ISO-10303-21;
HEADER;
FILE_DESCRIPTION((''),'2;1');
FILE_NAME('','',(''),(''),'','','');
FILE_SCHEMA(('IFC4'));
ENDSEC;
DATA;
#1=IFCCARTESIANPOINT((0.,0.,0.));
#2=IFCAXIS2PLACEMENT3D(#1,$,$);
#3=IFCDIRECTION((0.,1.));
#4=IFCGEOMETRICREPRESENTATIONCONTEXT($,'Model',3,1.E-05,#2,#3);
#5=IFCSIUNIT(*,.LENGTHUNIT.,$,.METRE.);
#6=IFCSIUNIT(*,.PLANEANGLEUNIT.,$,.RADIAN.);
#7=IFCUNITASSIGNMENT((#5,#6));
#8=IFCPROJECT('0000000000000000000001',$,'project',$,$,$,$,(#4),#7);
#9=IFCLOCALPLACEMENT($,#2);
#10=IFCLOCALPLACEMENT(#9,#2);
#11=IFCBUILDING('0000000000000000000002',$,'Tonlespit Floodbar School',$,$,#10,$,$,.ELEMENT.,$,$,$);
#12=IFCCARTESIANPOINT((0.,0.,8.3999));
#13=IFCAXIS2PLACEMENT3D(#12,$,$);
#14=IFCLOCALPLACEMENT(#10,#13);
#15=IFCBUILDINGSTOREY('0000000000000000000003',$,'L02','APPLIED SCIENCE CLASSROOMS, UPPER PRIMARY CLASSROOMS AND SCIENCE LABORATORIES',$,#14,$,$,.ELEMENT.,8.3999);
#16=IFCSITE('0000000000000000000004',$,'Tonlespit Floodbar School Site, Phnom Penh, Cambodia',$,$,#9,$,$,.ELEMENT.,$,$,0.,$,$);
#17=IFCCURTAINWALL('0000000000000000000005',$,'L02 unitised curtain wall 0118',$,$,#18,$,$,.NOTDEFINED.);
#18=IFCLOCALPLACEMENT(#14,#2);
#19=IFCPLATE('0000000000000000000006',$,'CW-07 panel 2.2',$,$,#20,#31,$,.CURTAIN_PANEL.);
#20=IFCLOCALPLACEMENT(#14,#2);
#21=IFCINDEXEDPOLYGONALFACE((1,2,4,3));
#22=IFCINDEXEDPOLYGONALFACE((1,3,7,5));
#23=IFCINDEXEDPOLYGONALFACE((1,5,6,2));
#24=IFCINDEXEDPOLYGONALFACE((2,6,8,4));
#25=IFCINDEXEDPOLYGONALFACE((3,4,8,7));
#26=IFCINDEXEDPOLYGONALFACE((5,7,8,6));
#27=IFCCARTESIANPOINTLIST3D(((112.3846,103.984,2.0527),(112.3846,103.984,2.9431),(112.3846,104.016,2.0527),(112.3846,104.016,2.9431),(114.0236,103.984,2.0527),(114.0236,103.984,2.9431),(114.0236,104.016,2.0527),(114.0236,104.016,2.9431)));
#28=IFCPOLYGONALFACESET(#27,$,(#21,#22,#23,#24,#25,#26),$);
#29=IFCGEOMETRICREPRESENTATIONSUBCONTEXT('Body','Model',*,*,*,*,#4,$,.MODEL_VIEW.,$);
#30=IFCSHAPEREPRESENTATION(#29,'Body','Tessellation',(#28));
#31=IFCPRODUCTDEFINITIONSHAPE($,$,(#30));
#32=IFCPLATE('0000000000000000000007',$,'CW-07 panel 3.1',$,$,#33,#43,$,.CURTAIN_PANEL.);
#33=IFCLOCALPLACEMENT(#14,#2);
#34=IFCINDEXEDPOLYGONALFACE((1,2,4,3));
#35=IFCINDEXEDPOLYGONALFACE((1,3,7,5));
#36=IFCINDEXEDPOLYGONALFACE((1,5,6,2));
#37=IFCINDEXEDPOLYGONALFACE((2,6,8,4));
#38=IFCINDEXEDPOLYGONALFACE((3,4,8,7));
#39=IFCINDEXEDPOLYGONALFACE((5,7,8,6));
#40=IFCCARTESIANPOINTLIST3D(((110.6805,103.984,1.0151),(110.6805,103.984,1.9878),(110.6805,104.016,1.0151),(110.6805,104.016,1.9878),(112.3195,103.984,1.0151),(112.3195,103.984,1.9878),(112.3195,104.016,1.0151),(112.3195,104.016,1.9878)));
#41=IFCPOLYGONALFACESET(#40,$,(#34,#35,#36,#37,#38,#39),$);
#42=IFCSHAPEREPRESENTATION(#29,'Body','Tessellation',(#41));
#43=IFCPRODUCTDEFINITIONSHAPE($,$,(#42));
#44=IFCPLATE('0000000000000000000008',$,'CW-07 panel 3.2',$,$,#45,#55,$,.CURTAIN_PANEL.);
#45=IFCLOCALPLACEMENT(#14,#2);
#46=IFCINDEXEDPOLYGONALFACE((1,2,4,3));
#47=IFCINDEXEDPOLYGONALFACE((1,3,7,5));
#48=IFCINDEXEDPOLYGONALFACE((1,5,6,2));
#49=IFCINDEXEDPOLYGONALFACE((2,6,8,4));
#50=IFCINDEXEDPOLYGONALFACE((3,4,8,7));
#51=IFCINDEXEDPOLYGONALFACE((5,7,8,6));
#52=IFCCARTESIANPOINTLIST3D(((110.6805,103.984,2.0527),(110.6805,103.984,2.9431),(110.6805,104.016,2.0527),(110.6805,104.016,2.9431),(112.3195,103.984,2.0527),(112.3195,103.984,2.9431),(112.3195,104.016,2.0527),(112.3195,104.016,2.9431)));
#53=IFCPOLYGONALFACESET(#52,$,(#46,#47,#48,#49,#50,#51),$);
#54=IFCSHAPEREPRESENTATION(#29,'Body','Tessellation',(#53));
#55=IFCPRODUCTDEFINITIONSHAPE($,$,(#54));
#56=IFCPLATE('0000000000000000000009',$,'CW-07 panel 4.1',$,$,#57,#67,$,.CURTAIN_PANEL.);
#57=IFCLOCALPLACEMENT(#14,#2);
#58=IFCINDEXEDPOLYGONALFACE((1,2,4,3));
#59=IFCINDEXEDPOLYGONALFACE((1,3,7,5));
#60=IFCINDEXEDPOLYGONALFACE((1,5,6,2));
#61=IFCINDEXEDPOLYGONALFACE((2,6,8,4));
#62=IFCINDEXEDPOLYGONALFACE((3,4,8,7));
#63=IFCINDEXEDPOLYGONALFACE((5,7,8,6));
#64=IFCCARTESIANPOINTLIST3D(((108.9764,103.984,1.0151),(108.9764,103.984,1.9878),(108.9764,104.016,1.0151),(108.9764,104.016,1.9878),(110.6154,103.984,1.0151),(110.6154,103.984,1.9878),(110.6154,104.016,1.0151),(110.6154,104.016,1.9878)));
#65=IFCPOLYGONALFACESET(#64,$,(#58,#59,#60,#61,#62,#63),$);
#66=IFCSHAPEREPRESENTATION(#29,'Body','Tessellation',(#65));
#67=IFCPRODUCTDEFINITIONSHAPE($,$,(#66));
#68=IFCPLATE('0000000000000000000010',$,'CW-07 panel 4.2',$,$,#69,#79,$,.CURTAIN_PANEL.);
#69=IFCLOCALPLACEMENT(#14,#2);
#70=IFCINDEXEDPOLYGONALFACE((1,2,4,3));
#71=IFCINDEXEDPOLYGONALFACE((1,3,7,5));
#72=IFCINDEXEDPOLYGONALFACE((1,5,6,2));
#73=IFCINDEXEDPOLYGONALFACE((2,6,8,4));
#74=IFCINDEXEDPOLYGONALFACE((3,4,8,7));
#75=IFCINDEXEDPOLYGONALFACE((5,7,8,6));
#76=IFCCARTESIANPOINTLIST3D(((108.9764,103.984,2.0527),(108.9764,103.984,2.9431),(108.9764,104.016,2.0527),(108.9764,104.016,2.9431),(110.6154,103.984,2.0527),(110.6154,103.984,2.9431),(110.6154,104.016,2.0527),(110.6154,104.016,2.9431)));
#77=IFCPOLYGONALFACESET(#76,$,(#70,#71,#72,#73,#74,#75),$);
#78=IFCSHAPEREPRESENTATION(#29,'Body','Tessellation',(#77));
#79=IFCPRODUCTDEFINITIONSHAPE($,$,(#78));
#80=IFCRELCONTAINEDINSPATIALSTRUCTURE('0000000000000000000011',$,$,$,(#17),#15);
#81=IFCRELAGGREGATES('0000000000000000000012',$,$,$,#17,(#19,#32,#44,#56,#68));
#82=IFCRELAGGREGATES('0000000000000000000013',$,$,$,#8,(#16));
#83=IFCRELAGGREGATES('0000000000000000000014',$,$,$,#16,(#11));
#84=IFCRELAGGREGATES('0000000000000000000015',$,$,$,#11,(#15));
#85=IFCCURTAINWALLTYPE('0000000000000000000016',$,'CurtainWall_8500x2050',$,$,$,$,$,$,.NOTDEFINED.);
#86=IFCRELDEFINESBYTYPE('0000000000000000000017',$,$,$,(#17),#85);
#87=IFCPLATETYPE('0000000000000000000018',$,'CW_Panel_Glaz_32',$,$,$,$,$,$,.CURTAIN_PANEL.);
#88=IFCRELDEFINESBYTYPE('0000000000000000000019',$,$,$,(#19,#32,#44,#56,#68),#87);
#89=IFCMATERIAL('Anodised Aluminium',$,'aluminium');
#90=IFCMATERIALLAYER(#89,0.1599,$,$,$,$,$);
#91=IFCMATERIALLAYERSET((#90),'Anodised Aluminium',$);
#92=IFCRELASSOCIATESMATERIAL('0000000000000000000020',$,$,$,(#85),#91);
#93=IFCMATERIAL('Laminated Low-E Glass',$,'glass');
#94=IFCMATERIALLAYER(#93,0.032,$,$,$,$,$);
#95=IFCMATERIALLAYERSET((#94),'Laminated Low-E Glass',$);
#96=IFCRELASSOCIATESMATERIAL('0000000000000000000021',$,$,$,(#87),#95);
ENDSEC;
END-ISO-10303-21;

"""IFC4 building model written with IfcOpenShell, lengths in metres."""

from ifc_helpers import new_model, si_unit, direction, frame, origin, origin_2d, place, context, subcontext, project, spatial, rectangle, extrude, material, layer, layer_set, type_object, element, aggregate, save


model = new_model("IFC4")

# Units and contexts
model_context = context("Model", 3, precision=1e-05, world=origin(), true_north=direction((0.0, 1.0)))
body_context = subcontext(model_context, "Body", "Model", "MODEL_VIEW")
ifc_project = project(units=[si_unit("LENGTHUNIT", "METRE"), si_unit("PLANEANGLEUNIT", "RADIAN")], contexts=[model_context])

# Site, building, storey
site_placement = place(None, origin())
site = spatial("IfcSite", under=ifc_project, at=site_placement, Name="Tonlespit Floodbar School Site, Phnom Penh, Cambodia", CompositionType="ELEMENT", RefElevation=0.0)
building_placement = place(site_placement, origin())
building = spatial("IfcBuilding", under=site, at=building_placement, Name="Tonlespit Floodbar School", CompositionType="ELEMENT")
storey_placement = place(building_placement, frame((0.0, 0.0, 8.3999)))
storey = spatial("IfcBuildingStorey", under=building, at=storey_placement, Name="L02", Description="APPLIED SCIENCE CLASSROOMS, UPPER PRIMARY CLASSROOMS AND SCIENCE LABORATORIES", CompositionType="ELEMENT", Elevation=8.3999)

# Curtain wall, plates
ifc_material_1 = material(Name="Anodised Aluminium", Category="aluminium")
ifc_layer_1 = layer(ifc_material_1, 0.1599)
ifc_layer_set_1 = layer_set([ifc_layer_1], Name="Anodised Aluminium")
curtain_wall_type = type_object("IfcCurtainWallType", Name="CurtainWall_8500x2050", PredefinedType="NOTDEFINED", material=ifc_layer_set_1)
curtain_wall_placement = place(storey_placement, origin())
curtain_wall = element("IfcCurtainWall", 1, at=curtain_wall_placement, inside=storey, type_object=curtain_wall_type, Name="L02 unitised curtain wall 0118", PredefinedType="NOTDEFINED")
ifc_material_2 = material(Name="Laminated Low-E Glass", Category="glass")
ifc_layer_2 = layer(ifc_material_2, 0.032)
ifc_layer_set_2 = layer_set([ifc_layer_2], Name="Laminated Low-E Glass")
plate_type = type_object("IfcPlateType", Name="CW_Panel_Glaz_32", PredefinedType="CURTAIN_PANEL", material=ifc_layer_set_2)
plate_1_placement = place(storey_placement, frame((113.2041, 104.0, 2.0527), z_axis=(0.0, 0.0, 1.0), x_axis=(-1.0, 0.0, 0.0)))
plate_1 = element("IfcPlate", 2, at=plate_1_placement, type_object=plate_type, Name="CW-07 panel 2.2", PredefinedType="CURTAIN_PANEL", context=body_context, shape_type="SweptSolid", body=[
    extrude(rectangle(XDim=1.6389, YDim=0.032, at=origin_2d()), origin(), (0.0, 0.0, 1.0), 0.8904),
])
plate_2_placement = place(storey_placement, frame((111.5, 104.0, 1.0151), z_axis=(0.0, 0.0, 1.0), x_axis=(-1.0, 0.0, 0.0)))
plate_2 = element("IfcPlate", 3, at=plate_2_placement, type_object=plate_type, Name="CW-07 panel 3.1", PredefinedType="CURTAIN_PANEL", context=body_context, shape_type="SweptSolid", body=[
    extrude(rectangle(XDim=1.6389, YDim=0.032, at=origin_2d()), origin(), (0.0, 0.0, 1.0), 0.9727),
])
plate_3_placement = place(storey_placement, frame((111.5, 104.0, 2.0527), z_axis=(0.0, 0.0, 1.0), x_axis=(-1.0, 0.0, 0.0)))
plate_3 = element("IfcPlate", 4, at=plate_3_placement, type_object=plate_type, Name="CW-07 panel 3.2", PredefinedType="CURTAIN_PANEL", context=body_context, shape_type="SweptSolid", body=[
    extrude(rectangle(XDim=1.6389, YDim=0.032, at=origin_2d()), origin(), (0.0, 0.0, 1.0), 0.8904),
])
plate_4_placement = place(storey_placement, frame((109.7959, 104.0, 1.0151), z_axis=(0.0, 0.0, 1.0), x_axis=(-1.0, 0.0, 0.0)))
plate_4 = element("IfcPlate", 5, at=plate_4_placement, type_object=plate_type, Name="CW-07 panel 4.1", PredefinedType="CURTAIN_PANEL", context=body_context, shape_type="SweptSolid", body=[
    extrude(rectangle(XDim=1.6389, YDim=0.032, at=origin_2d()), origin(), (0.0, 0.0, 1.0), 0.9727),
])
plate_5_placement = place(storey_placement, frame((109.7959, 104.0, 2.0527), z_axis=(0.0, 0.0, 1.0), x_axis=(-1.0, 0.0, 0.0)))
plate_5 = element("IfcPlate", 6, at=plate_5_placement, type_object=plate_type, Name="CW-07 panel 4.2", PredefinedType="CURTAIN_PANEL", context=body_context, shape_type="SweptSolid", body=[
    extrude(rectangle(XDim=1.6389, YDim=0.032, at=origin_2d()), origin(), (0.0, 0.0, 1.0), 0.8904),
])
aggregate(curtain_wall, [plate_1, plate_2, plate_3, plate_4, plate_5])

save(model, "model.ifc")
